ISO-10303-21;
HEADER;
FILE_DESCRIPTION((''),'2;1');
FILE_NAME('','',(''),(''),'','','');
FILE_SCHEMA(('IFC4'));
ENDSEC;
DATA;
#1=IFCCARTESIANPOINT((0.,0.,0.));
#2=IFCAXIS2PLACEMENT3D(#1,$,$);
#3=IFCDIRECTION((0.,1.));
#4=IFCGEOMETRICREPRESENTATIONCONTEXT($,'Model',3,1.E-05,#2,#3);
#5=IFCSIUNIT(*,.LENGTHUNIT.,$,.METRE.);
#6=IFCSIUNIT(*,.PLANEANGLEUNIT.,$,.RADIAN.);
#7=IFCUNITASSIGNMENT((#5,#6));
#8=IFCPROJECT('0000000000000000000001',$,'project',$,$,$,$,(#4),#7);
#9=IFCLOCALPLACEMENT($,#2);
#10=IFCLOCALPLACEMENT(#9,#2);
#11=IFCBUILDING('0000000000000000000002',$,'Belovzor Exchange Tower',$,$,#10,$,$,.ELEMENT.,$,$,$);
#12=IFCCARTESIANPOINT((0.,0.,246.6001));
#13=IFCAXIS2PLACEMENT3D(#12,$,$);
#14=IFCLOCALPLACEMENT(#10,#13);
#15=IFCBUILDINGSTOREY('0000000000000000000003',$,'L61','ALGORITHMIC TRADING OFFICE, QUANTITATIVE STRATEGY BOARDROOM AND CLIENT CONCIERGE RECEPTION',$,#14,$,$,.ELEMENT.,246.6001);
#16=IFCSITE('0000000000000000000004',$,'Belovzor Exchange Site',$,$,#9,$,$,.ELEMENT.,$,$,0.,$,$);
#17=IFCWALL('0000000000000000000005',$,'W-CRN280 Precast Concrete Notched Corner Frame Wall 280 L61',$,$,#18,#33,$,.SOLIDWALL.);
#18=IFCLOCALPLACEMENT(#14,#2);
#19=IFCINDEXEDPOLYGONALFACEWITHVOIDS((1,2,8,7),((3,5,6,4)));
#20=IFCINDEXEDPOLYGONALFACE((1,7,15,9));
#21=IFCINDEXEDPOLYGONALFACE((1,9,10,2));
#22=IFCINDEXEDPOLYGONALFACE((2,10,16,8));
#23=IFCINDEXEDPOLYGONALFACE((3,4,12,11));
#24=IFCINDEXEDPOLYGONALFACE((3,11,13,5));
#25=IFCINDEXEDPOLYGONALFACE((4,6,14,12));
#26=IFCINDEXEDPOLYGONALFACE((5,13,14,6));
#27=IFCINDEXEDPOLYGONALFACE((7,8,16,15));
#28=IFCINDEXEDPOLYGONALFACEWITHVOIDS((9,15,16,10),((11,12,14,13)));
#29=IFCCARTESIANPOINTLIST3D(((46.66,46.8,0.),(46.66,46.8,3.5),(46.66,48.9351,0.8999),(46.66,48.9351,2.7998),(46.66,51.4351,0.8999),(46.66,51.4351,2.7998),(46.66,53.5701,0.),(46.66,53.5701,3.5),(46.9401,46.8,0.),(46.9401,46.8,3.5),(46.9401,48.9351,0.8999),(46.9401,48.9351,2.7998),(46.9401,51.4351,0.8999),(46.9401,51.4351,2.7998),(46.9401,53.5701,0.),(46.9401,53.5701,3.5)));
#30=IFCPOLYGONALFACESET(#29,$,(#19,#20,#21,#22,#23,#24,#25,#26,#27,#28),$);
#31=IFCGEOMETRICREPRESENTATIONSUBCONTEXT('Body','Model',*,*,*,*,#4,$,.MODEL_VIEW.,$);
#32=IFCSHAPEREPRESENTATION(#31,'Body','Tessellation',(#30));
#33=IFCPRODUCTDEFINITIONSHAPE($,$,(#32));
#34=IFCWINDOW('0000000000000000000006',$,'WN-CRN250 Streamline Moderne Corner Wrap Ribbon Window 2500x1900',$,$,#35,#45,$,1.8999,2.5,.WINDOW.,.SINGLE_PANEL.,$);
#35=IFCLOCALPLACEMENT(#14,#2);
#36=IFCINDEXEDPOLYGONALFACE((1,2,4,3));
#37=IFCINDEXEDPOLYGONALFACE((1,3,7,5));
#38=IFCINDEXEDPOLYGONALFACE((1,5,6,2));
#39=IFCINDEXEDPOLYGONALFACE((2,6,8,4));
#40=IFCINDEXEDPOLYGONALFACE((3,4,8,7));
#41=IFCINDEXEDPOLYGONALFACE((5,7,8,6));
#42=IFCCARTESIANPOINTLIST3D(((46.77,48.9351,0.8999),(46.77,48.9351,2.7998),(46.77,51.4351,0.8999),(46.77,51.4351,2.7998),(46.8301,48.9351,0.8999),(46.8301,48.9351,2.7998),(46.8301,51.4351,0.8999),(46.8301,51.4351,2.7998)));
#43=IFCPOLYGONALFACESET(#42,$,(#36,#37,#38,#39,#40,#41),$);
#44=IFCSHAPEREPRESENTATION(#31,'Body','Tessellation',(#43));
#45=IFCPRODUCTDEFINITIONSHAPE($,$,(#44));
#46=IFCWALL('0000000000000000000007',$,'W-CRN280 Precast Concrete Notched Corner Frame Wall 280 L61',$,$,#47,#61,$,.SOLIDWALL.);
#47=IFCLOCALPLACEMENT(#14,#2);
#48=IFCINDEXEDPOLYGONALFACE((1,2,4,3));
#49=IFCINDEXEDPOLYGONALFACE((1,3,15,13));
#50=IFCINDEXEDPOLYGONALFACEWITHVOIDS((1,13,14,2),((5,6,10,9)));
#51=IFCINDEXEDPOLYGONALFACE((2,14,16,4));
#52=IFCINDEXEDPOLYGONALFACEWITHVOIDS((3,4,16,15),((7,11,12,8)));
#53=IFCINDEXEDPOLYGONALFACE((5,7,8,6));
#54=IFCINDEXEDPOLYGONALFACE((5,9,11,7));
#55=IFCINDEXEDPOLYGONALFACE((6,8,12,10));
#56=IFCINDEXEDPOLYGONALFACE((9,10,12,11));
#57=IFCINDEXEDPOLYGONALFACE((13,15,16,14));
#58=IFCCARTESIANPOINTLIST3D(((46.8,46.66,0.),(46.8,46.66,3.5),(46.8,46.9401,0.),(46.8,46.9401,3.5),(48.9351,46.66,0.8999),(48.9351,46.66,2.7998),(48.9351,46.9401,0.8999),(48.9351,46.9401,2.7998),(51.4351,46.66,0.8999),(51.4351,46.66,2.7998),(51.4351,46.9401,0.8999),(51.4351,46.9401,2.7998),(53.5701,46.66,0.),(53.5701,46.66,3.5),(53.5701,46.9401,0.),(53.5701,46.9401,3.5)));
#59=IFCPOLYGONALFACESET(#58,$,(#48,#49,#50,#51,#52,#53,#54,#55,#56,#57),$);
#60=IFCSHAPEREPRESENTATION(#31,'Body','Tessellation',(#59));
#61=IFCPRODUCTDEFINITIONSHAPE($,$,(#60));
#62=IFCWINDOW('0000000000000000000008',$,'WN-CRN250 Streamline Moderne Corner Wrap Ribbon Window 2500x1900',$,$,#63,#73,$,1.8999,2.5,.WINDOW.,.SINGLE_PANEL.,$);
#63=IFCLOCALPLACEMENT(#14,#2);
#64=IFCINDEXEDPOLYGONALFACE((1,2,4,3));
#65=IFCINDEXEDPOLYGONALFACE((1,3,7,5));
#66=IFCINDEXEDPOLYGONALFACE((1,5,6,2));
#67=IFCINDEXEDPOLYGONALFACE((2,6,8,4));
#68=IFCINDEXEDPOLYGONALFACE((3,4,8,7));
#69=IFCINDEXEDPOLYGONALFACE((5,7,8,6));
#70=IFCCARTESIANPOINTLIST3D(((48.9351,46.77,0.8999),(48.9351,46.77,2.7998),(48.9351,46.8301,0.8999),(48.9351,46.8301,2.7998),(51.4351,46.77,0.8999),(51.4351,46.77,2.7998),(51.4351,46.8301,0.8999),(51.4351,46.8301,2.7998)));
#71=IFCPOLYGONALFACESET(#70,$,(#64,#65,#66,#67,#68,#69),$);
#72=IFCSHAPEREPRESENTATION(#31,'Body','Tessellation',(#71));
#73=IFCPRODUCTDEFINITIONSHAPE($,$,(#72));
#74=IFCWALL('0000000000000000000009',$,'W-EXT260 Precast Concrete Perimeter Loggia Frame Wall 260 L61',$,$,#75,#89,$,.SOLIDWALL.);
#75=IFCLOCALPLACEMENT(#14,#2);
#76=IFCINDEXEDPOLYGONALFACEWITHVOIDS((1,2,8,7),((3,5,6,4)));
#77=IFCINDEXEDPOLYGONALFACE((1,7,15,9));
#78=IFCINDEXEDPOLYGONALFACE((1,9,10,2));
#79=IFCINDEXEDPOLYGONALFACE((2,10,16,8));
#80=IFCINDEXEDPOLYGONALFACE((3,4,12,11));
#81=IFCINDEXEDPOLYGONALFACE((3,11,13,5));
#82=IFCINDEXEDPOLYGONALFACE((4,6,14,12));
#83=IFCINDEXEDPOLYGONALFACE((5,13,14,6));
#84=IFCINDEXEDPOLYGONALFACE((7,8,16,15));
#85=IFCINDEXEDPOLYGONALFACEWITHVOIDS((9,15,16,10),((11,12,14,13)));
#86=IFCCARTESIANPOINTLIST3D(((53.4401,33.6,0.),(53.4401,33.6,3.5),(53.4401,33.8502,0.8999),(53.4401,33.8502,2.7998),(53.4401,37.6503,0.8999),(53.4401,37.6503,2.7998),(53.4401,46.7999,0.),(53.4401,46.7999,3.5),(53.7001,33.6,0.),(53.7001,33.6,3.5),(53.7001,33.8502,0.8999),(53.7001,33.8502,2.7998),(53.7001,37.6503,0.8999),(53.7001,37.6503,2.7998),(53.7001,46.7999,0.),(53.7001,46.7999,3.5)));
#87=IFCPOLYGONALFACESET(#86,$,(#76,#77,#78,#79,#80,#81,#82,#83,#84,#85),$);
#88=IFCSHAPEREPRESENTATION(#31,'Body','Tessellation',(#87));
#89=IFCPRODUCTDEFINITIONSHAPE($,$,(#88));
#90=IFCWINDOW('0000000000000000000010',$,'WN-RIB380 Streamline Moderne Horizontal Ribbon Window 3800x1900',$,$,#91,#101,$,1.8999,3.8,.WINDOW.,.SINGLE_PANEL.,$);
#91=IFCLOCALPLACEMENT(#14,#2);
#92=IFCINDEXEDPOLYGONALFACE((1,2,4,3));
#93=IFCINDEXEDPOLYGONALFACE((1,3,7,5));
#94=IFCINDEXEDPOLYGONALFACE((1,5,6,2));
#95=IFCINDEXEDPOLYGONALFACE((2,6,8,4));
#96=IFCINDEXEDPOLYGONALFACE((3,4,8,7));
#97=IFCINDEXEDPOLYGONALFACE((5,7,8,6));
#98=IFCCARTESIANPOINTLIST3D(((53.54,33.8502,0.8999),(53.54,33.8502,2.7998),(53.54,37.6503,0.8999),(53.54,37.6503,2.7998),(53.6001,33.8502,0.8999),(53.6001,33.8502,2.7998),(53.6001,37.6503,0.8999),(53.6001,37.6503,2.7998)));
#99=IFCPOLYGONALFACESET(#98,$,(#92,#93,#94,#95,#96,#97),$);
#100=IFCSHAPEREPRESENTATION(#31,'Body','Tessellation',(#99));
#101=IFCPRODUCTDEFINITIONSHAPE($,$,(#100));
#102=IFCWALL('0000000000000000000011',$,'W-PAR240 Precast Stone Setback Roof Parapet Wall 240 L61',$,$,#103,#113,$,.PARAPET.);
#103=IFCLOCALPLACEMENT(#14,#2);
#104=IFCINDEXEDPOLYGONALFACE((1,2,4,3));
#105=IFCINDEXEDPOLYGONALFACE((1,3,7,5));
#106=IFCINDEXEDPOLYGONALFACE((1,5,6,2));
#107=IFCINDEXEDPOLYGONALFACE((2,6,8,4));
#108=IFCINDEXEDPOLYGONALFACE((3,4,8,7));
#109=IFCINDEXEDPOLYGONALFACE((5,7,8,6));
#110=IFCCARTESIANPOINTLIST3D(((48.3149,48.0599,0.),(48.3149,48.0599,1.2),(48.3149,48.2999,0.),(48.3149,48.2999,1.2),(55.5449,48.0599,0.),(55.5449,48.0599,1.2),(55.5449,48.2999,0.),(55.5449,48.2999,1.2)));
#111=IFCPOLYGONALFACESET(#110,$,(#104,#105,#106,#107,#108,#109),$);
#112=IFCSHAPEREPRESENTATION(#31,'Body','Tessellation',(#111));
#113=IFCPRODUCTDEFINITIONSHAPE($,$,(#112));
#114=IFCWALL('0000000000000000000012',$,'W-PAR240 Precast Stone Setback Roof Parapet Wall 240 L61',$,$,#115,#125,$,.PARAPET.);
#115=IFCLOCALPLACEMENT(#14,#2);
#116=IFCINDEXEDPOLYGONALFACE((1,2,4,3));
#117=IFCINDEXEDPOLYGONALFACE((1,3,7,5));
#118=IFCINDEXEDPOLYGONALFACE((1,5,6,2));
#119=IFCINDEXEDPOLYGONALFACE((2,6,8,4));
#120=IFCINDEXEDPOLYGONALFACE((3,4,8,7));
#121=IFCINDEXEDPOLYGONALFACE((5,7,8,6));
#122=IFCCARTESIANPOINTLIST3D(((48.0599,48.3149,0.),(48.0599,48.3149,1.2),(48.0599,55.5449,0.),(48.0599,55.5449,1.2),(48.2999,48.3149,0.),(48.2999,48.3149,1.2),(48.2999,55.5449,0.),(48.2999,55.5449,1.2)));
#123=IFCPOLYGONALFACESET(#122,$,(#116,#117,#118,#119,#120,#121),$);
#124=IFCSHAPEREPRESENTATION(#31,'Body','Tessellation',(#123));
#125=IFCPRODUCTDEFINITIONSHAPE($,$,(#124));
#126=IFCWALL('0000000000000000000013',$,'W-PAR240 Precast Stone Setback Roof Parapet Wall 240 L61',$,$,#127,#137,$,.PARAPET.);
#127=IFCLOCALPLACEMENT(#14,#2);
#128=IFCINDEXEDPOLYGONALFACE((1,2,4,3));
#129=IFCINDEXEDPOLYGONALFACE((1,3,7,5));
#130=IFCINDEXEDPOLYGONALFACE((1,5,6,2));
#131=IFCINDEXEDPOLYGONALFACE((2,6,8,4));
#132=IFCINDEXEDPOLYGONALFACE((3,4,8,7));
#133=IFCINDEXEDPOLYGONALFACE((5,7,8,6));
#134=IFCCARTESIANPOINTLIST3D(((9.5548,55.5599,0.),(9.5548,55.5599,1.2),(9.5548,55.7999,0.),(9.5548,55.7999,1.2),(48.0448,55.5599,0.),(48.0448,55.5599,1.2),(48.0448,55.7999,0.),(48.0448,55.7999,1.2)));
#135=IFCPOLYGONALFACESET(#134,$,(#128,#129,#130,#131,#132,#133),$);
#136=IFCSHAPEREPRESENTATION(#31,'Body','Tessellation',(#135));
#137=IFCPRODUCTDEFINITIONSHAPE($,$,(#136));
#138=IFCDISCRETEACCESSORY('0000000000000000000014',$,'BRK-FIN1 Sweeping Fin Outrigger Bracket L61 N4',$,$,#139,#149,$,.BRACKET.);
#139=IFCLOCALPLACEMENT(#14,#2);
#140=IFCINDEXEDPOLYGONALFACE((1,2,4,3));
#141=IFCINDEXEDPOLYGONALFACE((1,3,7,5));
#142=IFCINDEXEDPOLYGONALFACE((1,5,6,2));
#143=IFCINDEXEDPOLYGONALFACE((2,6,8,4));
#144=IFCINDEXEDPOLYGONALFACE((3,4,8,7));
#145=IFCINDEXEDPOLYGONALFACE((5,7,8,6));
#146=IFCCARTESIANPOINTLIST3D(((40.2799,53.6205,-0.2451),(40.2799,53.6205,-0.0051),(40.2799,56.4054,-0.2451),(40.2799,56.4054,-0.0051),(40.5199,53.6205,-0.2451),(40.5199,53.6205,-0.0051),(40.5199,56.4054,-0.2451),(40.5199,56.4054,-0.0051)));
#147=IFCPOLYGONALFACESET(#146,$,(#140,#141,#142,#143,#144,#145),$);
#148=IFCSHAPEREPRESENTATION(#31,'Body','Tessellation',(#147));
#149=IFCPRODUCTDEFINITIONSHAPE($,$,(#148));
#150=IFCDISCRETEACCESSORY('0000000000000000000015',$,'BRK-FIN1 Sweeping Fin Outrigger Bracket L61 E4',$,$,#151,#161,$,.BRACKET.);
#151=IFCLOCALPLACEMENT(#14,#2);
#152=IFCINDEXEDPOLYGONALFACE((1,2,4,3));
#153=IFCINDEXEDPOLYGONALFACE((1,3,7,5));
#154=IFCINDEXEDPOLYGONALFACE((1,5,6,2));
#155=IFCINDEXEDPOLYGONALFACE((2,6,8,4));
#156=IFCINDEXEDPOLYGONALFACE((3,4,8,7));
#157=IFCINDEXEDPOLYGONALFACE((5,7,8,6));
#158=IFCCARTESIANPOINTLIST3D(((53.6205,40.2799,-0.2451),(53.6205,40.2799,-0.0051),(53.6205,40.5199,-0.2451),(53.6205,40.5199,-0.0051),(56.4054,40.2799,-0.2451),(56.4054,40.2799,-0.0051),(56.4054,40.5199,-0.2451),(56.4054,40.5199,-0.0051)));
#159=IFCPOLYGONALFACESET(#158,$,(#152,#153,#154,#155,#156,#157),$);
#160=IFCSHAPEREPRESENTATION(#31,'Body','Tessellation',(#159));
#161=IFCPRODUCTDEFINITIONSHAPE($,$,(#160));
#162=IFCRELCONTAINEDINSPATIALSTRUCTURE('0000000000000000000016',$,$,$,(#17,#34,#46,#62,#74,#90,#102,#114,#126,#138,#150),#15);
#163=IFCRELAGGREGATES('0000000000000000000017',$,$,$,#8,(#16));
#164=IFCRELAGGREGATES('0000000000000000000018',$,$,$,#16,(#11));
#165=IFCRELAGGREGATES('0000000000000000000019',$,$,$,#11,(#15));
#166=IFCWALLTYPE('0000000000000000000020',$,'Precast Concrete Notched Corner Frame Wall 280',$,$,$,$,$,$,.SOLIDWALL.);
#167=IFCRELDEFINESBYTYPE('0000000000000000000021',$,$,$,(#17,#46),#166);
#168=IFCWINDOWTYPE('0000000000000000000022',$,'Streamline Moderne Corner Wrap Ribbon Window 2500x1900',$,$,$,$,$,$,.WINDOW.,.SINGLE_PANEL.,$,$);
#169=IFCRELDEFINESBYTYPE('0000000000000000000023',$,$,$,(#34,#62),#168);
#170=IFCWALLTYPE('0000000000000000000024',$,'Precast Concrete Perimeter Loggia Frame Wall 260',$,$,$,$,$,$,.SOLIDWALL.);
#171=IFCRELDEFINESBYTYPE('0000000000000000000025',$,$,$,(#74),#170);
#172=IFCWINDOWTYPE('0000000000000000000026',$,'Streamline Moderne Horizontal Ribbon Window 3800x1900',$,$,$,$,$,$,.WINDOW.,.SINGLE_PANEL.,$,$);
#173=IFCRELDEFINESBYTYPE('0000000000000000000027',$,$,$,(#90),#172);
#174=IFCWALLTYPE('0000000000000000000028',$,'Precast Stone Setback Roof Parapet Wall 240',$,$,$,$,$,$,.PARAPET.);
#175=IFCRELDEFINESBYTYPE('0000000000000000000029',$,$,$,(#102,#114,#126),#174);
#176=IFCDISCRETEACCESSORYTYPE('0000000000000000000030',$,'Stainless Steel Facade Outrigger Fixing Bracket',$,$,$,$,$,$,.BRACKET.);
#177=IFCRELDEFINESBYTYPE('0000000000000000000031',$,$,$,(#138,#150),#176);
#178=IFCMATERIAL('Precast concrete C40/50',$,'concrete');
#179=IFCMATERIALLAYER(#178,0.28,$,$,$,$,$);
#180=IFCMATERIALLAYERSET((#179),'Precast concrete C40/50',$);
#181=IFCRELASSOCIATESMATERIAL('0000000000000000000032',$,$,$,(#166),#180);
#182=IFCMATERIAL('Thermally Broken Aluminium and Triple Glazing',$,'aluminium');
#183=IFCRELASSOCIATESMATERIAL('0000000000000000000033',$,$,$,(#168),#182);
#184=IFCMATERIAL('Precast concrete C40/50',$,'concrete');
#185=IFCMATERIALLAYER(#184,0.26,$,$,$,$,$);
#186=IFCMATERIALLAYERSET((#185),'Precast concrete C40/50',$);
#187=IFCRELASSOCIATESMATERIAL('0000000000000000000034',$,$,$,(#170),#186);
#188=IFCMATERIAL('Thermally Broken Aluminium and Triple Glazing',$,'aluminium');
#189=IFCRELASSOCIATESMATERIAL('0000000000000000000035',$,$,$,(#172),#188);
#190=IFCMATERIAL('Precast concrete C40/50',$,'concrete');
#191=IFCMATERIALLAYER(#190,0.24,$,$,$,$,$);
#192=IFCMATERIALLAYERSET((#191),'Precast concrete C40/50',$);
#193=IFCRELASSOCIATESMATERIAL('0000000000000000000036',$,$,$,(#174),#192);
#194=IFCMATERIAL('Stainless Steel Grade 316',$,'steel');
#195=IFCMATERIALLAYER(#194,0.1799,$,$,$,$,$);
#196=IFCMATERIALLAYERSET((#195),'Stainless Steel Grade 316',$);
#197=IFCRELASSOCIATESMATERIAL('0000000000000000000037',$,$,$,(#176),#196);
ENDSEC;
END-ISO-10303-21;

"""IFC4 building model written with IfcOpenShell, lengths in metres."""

from ifc_helpers import new_model, si_unit, direction, frame, frame_2d, origin, origin_2d, place, context, subcontext, project, spatial, rectangle, extrude, material, layer, layer_set, type_object, element, fill, save


model = new_model("IFC4")

# Units and contexts
model_context = context("Model", 3, precision=1e-05, world=origin(), true_north=direction((0.0, 1.0)))
body_context = subcontext(model_context, "Body", "Model", "MODEL_VIEW")
ifc_project = project(units=[si_unit("LENGTHUNIT", "METRE"), si_unit("PLANEANGLEUNIT", "RADIAN")], contexts=[model_context])

# Site, building, storey
site_placement = place(None, origin())
site = spatial("IfcSite", under=ifc_project, at=site_placement, Name="Belovzor Exchange Site", CompositionType="ELEMENT", RefElevation=0.0)
building_placement = place(site_placement, origin())
building = spatial("IfcBuilding", under=site, at=building_placement, Name="Belovzor Exchange Tower", CompositionType="ELEMENT")
storey_placement = place(building_placement, frame((0.0, 0.0, 246.6001)))
storey = spatial("IfcBuildingStorey", under=building, at=storey_placement, Name="L61", Description="ALGORITHMIC TRADING OFFICE, QUANTITATIVE STRATEGY BOARDROOM AND CLIENT CONCIERGE RECEPTION", CompositionType="ELEMENT", Elevation=246.6001)

# Walls, openings, windows
ifc_material_1 = material(Name="Precast concrete C40/50", Category="concrete")
ifc_layer_1 = layer(ifc_material_1, 0.28)
ifc_layer_set_1 = layer_set([ifc_layer_1], Name="Precast concrete C40/50")
wall_type_1 = type_object("IfcWallType", Name="Precast Concrete Notched Corner Frame Wall 280", PredefinedType="SOLIDWALL", material=ifc_layer_set_1)
wall_1_placement = place(storey_placement, frame((46.8, 53.5701, 0.0), z_axis=(0.0, 0.0, 1.0), x_axis=(0.0, -1.0, 0.0)))
wall_1 = element("IfcWall", 1, at=wall_1_placement, inside=storey, type_object=wall_type_1, Name="W-CRN280 Precast Concrete Notched Corner Frame Wall 280 L61", PredefinedType="SOLIDWALL", context=body_context, shape_type="SweptSolid", body=[
    extrude(rectangle(XDim=6.77, YDim=0.28, at=frame_2d((3.385, 0.0))), origin(), (0.0, 0.0, 1.0), 3.5),
])
opening_1_placement = place(wall_1_placement, frame((2.135, 0.0, 0.8999)))
opening_1 = element("IfcOpeningElement", 2, at=opening_1_placement, cuts=wall_1, PredefinedType="OPENING", context=body_context, shape_type="SweptSolid", body=[
    extrude(rectangle(XDim=2.5, YDim=1.8999, at=frame_2d((1.25, 0.95))), frame((0.0, 0.1499, 0.0), z_axis=(0.0, -1.0, 0.0), x_axis=(1.0, 0.0, 0.0)), (0.0, 0.0, 1.0), 0.3),
])
ifc_material_2 = material(Name="Thermally Broken Aluminium and Triple Glazing", Category="aluminium")
window_type_1 = type_object("IfcWindowType", Name="Streamline Moderne Corner Wrap Ribbon Window 2500x1900", PartitioningType="SINGLE_PANEL", PredefinedType="WINDOW", material=ifc_material_2)
window_1_placement = place(opening_1_placement, origin())
window_1 = element("IfcWindow", 3, at=window_1_placement, inside=storey, type_object=window_type_1, Name="WN-CRN250 Streamline Moderne Corner Wrap Ribbon Window 2500x1900", OverallHeight=1.8999, OverallWidth=2.5, PartitioningType="SINGLE_PANEL", PredefinedType="WINDOW", context=body_context, shape_type="SweptSolid", body=[
    extrude(rectangle(XDim=2.5, YDim=1.8999, at=frame_2d((1.25, 0.95))), frame((0.0, 0.03, 0.0), z_axis=(0.0, -1.0, 0.0), x_axis=(1.0, 0.0, 0.0)), (0.0, 0.0, 1.0), 0.0601),
])
fill(opening_1, window_1)
wall_2_placement = place(storey_placement, frame((46.8, 46.8, 0.0), z_axis=(0.0, 0.0, 1.0), x_axis=(1.0, 0.0, 0.0)))
wall_2 = element("IfcWall", 4, at=wall_2_placement, inside=storey, type_object=wall_type_1, Name="W-CRN280 Precast Concrete Notched Corner Frame Wall 280 L61", PredefinedType="SOLIDWALL", context=body_context, shape_type="SweptSolid", body=[
    extrude(rectangle(XDim=6.77, YDim=0.28, at=frame_2d((3.385, 0.0))), origin(), (0.0, 0.0, 1.0), 3.5),
])
opening_2_placement = place(wall_2_placement, frame((2.135, 0.0, 0.8999)))
opening_2 = element("IfcOpeningElement", 5, at=opening_2_placement, cuts=wall_2, PredefinedType="OPENING", context=body_context, shape_type="SweptSolid", body=[
    extrude(rectangle(XDim=2.5, YDim=1.8999, at=frame_2d((1.25, 0.95))), frame((0.0, 0.1499, 0.0), z_axis=(0.0, -1.0, 0.0), x_axis=(1.0, 0.0, 0.0)), (0.0, 0.0, 1.0), 0.3),
])
window_2_placement = place(opening_2_placement, origin())
window_2 = element("IfcWindow", 6, at=window_2_placement, inside=storey, type_object=window_type_1, Name="WN-CRN250 Streamline Moderne Corner Wrap Ribbon Window 2500x1900", OverallHeight=1.8999, OverallWidth=2.5, PartitioningType="SINGLE_PANEL", PredefinedType="WINDOW", context=body_context, shape_type="SweptSolid", body=[
    extrude(rectangle(XDim=2.5, YDim=1.8999, at=frame_2d((1.25, 0.95))), frame((0.0, 0.03, 0.0), z_axis=(0.0, -1.0, 0.0), x_axis=(1.0, 0.0, 0.0)), (0.0, 0.0, 1.0), 0.0601),
])
fill(opening_2, window_2)
ifc_material_3 = material(Name="Precast concrete C40/50", Category="concrete")
ifc_layer_2 = layer(ifc_material_3, 0.26)
ifc_layer_set_2 = layer_set([ifc_layer_2], Name="Precast concrete C40/50")
wall_type_2 = type_object("IfcWallType", Name="Precast Concrete Perimeter Loggia Frame Wall 260", PredefinedType="SOLIDWALL", material=ifc_layer_set_2)
wall_3_placement = place(storey_placement, frame((53.5701, 46.8, 0.0), z_axis=(0.0, 0.0, 1.0), x_axis=(0.0, -1.0, 0.0)))
wall_3 = element("IfcWall", 7, at=wall_3_placement, inside=storey, type_object=wall_type_2, Name="W-EXT260 Precast Concrete Perimeter Loggia Frame Wall 260 L61", PredefinedType="SOLIDWALL", context=body_context, shape_type="SweptSolid", body=[
    extrude(rectangle(XDim=13.2, YDim=0.26, at=frame_2d((6.6001, 0.0))), origin(), (0.0, 0.0, 1.0), 3.5),
])
opening_3_placement = place(wall_3_placement, frame((9.1499, 0.0, 0.8999)))
opening_3 = element("IfcOpeningElement", 8, at=opening_3_placement, cuts=wall_3, PredefinedType="OPENING", context=body_context, shape_type="SweptSolid", body=[
    extrude(rectangle(XDim=3.8, YDim=1.8999, at=frame_2d((1.8999, 0.95))), frame((0.0, 0.1399, 0.0), z_axis=(0.0, -1.0, 0.0), x_axis=(1.0, 0.0, 0.0)), (0.0, 0.0, 1.0), 0.28),
])
ifc_material_4 = material(Name="Thermally Broken Aluminium and Triple Glazing", Category="aluminium")
window_type_2 = type_object("IfcWindowType", Name="Streamline Moderne Horizontal Ribbon Window 3800x1900", PartitioningType="SINGLE_PANEL", PredefinedType="WINDOW", material=ifc_material_4)
window_3_placement = place(opening_3_placement, origin())
window_3 = element("IfcWindow", 9, at=window_3_placement, inside=storey, type_object=window_type_2, Name="WN-RIB380 Streamline Moderne Horizontal Ribbon Window 3800x1900", OverallHeight=1.8999, OverallWidth=3.8, PartitioningType="SINGLE_PANEL", PredefinedType="WINDOW", context=body_context, shape_type="SweptSolid", body=[
    extrude(rectangle(XDim=3.8, YDim=1.8999, at=frame_2d((1.8999, 0.95))), frame((0.0, 0.03, 0.0), z_axis=(0.0, -1.0, 0.0), x_axis=(1.0, 0.0, 0.0)), (0.0, 0.0, 1.0), 0.0601),
])
fill(opening_3, window_3)

# Walls
ifc_material_5 = material(Name="Precast concrete C40/50", Category="concrete")
ifc_layer_3 = layer(ifc_material_5, 0.24)
ifc_layer_set_3 = layer_set([ifc_layer_3], Name="Precast concrete C40/50")
wall_type_3 = type_object("IfcWallType", Name="Precast Stone Setback Roof Parapet Wall 240", PredefinedType="PARAPET", material=ifc_layer_set_3)
for number, where, z_axis, x_axis, name in (
    (10, (55.5449, 48.1799, 0.0), (0.0, 0.0, 1.0), (-1.0, 0.0, 0.0), "W-PAR240 Precast Stone Setback Roof Parapet Wall 240 L61"),
    (11, (48.1799, 48.3149, 0.0), (0.0, 0.0, 1.0), (0.0, 1.0, 0.0), "W-PAR240 Precast Stone Setback Roof Parapet Wall 240 L61"),
):
    element("IfcWall", number, at=place(storey_placement, frame(where, z_axis=z_axis, x_axis=x_axis)), inside=storey, type_object=wall_type_3, Name=name, PredefinedType="PARAPET", context=body_context, shape_type="SweptSolid", body=[
        extrude(rectangle(XDim=7.23, YDim=0.24, at=frame_2d((3.615, 0.0))), origin(), (0.0, 0.0, 1.0), 1.2),
    ])
wall_4_placement = place(storey_placement, frame((48.0449, 55.6799, 0.0), z_axis=(0.0, 0.0, 1.0), x_axis=(-1.0, 0.0, 0.0)))
element("IfcWall", 12, at=wall_4_placement, inside=storey, type_object=wall_type_3, Name="W-PAR240 Precast Stone Setback Roof Parapet Wall 240 L61", PredefinedType="PARAPET", context=body_context, shape_type="SweptSolid", body=[
    extrude(rectangle(XDim=38.49, YDim=0.24, at=frame_2d((19.2451, 0.0))), origin(), (0.0, 0.0, 1.0), 1.2),
])

# Discrete accessories
ifc_material_6 = material(Name="Stainless Steel Grade 316", Category="steel")
ifc_layer_4 = layer(ifc_material_6, 0.1799)
ifc_layer_set_4 = layer_set([ifc_layer_4], Name="Stainless Steel Grade 316")
discrete_accessory_type = type_object("IfcDiscreteAccessoryType", Name="Stainless Steel Facade Outrigger Fixing Bracket", PredefinedType="BRACKET", material=ifc_layer_set_4)
for number, where, z_axis, x_axis, name in (
    (13, (40.3999, 55.0129, -0.2451), (0.0, 0.0, 1.0), (0.0, 1.0, 0.0), "BRK-FIN1 Sweeping Fin Outrigger Bracket L61 N4"),
    (14, (55.0129, 40.3999, -0.2451), (0.0, 0.0, 1.0), (1.0, 0.0, 0.0), "BRK-FIN1 Sweeping Fin Outrigger Bracket L61 E4"),
):
    element("IfcDiscreteAccessory", number, at=place(storey_placement, frame(where, z_axis=z_axis, x_axis=x_axis)), inside=storey, type_object=discrete_accessory_type, Name=name, PredefinedType="BRACKET", context=body_context, shape_type="SweptSolid", body=[
        extrude(rectangle(XDim=2.7849, YDim=0.24, at=origin_2d()), origin(), (0.0, 0.0, 1.0), 0.24),
    ])

save(model, "model.ifc")
